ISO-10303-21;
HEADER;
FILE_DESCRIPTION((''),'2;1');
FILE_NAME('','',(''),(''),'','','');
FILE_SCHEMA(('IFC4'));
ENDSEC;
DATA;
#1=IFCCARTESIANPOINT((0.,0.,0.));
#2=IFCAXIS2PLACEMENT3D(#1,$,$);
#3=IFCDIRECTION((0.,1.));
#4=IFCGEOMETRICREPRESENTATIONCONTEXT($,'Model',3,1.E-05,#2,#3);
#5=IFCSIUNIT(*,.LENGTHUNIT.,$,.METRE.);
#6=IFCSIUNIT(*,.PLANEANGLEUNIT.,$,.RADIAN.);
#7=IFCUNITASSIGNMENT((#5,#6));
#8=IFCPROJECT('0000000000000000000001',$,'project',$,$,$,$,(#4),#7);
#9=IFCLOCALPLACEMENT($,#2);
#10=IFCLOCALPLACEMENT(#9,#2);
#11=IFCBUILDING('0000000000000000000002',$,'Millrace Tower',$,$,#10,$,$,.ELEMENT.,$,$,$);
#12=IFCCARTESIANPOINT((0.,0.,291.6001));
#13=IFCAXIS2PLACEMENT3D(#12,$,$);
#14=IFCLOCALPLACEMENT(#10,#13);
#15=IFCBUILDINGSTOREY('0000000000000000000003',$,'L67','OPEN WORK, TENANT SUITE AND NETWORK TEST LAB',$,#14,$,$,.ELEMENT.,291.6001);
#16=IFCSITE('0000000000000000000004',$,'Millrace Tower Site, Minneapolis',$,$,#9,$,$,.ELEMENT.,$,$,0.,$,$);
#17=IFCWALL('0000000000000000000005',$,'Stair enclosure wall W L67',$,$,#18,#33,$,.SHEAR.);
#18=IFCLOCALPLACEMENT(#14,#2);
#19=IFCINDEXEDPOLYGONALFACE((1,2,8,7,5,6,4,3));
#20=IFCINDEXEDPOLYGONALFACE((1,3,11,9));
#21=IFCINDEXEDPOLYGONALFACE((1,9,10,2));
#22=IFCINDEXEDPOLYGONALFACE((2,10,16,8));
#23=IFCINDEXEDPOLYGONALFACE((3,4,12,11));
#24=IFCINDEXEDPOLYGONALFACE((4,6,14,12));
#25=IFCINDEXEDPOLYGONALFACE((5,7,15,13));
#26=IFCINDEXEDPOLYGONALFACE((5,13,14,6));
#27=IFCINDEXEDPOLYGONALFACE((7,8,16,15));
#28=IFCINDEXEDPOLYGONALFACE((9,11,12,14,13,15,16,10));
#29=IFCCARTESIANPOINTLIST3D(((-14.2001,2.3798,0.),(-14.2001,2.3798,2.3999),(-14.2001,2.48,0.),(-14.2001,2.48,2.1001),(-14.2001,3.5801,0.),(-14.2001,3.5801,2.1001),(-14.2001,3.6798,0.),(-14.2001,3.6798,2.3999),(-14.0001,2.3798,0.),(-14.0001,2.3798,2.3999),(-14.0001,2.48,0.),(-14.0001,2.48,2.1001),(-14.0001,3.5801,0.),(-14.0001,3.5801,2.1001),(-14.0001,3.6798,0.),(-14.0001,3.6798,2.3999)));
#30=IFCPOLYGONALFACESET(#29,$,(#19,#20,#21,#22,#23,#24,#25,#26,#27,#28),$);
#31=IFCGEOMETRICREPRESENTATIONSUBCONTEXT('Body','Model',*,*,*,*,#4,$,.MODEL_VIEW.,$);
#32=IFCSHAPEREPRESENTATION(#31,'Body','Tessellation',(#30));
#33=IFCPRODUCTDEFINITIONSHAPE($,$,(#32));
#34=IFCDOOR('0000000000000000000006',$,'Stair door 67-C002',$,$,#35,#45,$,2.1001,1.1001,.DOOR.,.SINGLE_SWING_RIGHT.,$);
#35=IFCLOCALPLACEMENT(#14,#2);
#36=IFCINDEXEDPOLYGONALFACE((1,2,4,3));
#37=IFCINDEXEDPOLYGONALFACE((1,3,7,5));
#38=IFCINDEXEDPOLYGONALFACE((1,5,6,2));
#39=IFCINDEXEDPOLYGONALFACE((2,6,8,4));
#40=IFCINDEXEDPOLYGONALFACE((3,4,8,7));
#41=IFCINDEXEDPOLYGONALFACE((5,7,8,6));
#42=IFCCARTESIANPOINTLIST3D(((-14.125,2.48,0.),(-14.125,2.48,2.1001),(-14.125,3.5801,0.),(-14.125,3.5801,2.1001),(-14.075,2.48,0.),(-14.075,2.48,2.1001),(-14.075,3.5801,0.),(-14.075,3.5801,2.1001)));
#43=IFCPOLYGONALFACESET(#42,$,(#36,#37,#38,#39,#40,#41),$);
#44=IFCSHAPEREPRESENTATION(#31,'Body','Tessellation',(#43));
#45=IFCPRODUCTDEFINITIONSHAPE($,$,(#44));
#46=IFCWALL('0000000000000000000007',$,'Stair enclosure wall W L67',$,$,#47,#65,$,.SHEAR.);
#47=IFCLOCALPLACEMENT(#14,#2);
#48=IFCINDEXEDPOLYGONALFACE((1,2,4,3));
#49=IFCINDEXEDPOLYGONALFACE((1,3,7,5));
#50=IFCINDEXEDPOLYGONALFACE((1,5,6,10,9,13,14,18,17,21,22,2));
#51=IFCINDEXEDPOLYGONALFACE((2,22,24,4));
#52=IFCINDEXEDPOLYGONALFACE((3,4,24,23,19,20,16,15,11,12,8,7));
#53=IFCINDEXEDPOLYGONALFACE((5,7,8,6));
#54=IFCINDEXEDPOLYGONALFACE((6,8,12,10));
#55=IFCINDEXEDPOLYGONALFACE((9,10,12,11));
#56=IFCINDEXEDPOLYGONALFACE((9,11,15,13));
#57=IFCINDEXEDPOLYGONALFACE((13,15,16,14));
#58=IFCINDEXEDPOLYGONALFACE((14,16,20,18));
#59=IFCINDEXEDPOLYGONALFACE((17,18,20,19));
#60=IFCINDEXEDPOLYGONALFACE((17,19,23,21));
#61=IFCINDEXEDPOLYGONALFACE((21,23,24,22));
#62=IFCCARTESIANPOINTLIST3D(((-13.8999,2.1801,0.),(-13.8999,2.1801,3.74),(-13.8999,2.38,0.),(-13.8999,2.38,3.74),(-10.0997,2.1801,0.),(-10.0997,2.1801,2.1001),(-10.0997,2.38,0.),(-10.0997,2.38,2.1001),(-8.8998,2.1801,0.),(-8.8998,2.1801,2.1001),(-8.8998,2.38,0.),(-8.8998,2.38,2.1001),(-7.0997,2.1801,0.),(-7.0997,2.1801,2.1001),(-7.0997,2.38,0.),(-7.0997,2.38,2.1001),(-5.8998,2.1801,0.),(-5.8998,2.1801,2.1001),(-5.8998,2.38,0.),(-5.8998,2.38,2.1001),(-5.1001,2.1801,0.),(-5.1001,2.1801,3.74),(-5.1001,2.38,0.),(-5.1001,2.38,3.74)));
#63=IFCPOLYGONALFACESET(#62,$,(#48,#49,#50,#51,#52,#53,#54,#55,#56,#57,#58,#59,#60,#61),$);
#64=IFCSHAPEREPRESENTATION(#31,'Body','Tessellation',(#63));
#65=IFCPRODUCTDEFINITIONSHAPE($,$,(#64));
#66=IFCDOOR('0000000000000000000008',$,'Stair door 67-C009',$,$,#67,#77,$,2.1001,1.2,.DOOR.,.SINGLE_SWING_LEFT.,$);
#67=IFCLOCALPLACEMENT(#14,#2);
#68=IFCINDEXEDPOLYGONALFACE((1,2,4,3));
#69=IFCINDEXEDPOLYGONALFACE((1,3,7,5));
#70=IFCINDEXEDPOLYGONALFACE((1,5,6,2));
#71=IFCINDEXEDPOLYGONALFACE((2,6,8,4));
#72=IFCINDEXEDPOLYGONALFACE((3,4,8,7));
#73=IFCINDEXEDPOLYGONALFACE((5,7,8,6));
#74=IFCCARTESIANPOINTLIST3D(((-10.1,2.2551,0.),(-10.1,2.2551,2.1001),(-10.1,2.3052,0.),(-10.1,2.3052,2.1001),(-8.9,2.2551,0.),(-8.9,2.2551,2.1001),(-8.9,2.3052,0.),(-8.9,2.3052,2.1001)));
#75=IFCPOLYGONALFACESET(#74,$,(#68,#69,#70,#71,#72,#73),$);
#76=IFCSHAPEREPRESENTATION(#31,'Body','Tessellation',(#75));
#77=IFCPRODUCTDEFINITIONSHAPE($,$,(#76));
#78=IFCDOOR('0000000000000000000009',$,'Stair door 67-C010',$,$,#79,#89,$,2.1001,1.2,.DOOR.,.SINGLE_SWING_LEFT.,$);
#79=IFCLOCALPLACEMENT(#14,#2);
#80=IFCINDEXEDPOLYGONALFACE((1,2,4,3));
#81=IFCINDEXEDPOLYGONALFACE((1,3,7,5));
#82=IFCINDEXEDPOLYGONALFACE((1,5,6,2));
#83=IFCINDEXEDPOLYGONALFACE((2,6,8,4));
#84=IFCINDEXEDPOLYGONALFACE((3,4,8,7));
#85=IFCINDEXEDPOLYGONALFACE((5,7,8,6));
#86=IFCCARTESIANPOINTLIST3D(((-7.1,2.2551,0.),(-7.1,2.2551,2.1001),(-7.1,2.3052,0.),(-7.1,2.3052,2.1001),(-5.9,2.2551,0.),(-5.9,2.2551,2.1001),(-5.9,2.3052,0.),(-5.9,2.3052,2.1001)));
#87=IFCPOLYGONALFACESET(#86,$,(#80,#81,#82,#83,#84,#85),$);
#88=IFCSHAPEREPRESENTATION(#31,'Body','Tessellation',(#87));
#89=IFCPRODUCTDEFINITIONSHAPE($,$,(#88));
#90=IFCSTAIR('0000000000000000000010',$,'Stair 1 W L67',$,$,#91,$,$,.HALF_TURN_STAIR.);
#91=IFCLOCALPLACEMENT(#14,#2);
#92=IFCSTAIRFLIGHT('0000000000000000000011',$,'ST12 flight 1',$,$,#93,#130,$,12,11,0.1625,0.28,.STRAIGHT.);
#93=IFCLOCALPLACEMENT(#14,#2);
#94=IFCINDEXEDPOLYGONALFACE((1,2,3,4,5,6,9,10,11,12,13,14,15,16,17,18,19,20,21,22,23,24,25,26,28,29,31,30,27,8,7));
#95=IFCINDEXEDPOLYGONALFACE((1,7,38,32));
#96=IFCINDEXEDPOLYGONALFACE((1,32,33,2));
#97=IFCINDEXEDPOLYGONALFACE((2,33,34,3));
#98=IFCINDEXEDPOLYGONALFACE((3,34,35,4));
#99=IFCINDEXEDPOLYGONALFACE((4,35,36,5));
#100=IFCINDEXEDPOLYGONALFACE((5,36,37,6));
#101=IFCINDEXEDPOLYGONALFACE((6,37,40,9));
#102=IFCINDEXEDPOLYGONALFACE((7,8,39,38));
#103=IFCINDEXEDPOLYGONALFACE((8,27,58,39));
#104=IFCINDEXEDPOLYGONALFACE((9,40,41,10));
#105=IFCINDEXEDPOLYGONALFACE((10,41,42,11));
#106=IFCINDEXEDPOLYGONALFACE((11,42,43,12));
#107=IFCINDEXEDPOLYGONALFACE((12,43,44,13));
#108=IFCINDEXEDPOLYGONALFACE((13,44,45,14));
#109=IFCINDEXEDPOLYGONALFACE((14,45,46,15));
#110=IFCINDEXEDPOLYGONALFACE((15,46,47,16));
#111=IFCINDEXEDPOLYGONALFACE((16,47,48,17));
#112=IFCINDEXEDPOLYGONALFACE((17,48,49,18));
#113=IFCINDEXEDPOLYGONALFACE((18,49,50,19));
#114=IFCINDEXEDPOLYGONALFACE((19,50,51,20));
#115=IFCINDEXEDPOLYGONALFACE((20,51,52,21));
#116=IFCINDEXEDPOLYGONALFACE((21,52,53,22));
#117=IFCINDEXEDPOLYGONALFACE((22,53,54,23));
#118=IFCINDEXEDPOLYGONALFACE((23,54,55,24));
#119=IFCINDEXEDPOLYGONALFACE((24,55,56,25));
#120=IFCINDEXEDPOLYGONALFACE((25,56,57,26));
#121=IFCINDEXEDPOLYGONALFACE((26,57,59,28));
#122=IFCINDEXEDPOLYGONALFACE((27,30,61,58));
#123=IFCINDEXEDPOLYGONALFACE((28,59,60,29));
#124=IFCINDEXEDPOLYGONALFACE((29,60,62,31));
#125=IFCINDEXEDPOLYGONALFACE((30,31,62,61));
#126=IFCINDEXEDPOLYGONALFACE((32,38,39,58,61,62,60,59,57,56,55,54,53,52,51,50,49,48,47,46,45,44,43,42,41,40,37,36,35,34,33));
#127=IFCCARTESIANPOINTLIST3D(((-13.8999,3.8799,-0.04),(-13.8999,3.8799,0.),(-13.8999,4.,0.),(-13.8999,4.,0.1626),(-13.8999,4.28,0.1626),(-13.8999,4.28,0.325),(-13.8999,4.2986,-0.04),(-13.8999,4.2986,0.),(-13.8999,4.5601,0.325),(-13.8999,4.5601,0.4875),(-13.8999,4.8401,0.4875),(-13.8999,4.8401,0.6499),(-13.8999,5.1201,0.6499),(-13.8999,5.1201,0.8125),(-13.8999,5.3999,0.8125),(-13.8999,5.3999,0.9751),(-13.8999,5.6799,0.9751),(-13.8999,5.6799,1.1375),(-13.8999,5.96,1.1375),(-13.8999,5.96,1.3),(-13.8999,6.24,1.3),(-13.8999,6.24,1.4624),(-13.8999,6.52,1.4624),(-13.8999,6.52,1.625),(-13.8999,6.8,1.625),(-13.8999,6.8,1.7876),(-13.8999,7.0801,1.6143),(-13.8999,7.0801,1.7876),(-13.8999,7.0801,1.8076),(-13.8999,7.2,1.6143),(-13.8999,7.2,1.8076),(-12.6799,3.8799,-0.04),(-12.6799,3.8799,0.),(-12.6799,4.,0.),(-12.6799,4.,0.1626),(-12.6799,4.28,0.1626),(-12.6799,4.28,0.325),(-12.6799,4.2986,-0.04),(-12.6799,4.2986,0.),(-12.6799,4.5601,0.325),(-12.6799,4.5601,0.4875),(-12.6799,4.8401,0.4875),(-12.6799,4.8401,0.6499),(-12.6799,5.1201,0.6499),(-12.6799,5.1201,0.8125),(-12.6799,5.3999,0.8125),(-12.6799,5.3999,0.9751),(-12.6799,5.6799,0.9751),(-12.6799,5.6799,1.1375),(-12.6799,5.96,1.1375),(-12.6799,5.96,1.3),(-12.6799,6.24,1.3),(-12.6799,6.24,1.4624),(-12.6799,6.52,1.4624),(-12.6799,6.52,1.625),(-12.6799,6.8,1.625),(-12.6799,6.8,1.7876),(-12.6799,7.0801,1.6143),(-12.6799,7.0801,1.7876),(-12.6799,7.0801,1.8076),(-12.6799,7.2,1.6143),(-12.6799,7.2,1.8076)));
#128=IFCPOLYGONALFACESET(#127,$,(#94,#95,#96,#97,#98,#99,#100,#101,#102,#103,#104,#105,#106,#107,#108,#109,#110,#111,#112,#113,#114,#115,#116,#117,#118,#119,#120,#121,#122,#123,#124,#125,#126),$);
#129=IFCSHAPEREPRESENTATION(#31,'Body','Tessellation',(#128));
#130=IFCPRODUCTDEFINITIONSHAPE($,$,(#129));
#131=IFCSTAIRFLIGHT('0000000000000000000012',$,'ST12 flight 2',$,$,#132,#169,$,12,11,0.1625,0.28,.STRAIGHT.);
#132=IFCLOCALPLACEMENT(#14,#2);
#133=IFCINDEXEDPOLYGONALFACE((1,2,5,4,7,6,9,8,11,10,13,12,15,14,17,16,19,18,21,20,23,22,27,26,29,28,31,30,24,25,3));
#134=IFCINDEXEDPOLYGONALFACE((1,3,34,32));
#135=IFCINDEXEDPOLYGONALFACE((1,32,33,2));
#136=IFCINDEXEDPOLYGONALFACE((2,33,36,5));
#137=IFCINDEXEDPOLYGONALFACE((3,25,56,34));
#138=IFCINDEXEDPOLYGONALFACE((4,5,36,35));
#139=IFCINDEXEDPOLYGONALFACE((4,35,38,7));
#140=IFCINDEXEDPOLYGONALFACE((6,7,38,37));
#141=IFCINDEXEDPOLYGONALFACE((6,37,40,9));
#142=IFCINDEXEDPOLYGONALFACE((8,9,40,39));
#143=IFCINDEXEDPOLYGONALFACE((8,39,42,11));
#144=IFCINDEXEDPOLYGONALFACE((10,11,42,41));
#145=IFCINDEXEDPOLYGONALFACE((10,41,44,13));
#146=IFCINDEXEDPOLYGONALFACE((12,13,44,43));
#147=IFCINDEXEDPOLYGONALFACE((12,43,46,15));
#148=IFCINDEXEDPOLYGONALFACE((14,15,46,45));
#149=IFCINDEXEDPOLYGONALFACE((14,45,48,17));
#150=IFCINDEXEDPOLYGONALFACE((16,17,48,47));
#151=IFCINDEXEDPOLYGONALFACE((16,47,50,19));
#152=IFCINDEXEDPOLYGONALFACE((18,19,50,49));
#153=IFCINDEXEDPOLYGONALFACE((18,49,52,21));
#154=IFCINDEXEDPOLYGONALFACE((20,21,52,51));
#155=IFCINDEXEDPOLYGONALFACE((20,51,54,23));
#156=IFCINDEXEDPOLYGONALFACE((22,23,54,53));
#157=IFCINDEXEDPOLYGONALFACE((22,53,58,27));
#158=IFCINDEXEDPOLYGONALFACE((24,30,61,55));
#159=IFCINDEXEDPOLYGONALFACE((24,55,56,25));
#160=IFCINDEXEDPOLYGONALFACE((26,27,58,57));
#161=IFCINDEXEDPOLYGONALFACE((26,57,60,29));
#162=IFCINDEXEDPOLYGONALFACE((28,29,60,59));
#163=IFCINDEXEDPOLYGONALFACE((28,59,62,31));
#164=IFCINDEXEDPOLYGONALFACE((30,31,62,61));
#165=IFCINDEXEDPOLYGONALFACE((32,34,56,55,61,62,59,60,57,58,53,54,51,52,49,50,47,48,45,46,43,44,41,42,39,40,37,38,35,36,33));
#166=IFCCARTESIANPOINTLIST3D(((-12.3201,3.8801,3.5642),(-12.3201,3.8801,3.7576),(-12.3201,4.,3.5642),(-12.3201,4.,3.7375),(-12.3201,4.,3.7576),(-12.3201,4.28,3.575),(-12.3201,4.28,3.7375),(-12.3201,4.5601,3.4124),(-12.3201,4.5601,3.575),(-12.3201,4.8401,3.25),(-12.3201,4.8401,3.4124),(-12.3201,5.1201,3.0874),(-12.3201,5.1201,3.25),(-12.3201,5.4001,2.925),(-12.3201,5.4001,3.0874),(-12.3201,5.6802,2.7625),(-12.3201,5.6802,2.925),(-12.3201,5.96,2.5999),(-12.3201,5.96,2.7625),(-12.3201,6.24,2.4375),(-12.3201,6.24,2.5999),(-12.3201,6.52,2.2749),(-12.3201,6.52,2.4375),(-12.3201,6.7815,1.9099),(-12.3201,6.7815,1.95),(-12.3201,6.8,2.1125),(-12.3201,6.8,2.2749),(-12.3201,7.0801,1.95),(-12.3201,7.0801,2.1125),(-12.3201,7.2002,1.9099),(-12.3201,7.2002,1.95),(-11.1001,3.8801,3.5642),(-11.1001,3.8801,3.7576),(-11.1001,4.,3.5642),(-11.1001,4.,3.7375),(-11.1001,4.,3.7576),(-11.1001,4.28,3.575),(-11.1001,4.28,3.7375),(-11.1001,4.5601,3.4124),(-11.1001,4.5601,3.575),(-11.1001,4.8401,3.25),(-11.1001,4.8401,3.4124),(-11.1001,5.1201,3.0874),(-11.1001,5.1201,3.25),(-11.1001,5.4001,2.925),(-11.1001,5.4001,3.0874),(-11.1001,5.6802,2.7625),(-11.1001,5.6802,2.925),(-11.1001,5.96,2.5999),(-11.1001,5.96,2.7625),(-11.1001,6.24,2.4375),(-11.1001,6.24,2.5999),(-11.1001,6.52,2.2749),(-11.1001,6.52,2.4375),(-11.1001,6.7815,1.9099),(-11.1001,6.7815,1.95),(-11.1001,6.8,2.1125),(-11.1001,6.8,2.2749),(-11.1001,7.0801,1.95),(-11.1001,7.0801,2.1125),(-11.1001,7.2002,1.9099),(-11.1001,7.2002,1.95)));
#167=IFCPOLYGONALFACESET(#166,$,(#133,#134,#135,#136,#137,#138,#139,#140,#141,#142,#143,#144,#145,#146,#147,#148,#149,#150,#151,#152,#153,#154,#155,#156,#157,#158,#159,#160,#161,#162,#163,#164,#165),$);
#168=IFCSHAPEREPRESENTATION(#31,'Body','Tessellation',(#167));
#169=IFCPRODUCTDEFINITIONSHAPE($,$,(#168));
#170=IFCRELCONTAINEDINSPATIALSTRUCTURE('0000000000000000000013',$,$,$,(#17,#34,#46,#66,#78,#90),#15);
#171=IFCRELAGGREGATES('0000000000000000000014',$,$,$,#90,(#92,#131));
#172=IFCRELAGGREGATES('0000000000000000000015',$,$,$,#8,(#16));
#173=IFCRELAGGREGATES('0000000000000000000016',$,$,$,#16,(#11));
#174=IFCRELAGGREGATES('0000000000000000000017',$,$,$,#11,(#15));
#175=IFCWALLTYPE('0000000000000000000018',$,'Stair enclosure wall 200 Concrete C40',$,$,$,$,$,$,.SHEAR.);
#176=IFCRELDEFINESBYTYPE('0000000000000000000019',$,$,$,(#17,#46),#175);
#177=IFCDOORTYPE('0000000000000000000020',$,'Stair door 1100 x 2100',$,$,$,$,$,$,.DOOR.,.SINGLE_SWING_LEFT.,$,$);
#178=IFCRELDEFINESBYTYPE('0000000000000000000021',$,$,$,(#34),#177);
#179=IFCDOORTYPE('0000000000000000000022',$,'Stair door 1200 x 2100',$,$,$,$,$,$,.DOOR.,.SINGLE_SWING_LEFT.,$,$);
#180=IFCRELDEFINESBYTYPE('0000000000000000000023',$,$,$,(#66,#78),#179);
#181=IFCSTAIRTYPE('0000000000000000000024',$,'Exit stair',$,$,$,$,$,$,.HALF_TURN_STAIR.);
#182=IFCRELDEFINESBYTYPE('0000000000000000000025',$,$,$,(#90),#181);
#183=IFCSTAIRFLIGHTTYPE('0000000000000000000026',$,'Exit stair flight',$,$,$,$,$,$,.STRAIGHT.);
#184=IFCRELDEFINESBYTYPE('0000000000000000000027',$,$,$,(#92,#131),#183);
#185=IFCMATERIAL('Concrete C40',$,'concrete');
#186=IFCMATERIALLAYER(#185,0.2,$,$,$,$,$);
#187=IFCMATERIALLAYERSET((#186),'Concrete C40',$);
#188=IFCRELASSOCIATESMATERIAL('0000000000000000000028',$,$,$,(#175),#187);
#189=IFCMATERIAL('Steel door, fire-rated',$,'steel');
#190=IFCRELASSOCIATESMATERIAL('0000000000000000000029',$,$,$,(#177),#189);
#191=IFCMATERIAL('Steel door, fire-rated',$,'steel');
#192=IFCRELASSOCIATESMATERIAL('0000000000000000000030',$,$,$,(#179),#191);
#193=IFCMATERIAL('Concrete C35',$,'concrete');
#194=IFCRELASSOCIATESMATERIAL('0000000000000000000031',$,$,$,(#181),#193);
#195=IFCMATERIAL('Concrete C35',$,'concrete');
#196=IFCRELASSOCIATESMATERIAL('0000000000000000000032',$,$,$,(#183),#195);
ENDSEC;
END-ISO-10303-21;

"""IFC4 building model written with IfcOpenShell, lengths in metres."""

from ifc_helpers import new_model, si_unit, direction, frame, frame_2d, origin, place, context, subcontext, project, spatial, polyline, rectangle, outline, extrude, material, layer, layer_set, type_object, element, fill, aggregate, save


model = new_model("IFC4")

# Units and contexts
model_context = context("Model", 3, precision=1e-05, world=origin(), true_north=direction((0.0, 1.0)))
body_context = subcontext(model_context, "Body", "Model", "MODEL_VIEW")
ifc_project = project(units=[si_unit("LENGTHUNIT", "METRE"), si_unit("PLANEANGLEUNIT", "RADIAN")], contexts=[model_context])

# Site, building, storey
site_placement = place(None, origin())
site = spatial("IfcSite", under=ifc_project, at=site_placement, Name="Millrace Tower Site, Minneapolis", CompositionType="ELEMENT", RefElevation=0.0)
building_placement = place(site_placement, origin())
building = spatial("IfcBuilding", under=site, at=building_placement, Name="Millrace Tower", CompositionType="ELEMENT")
storey_placement = place(building_placement, frame((0.0, 0.0, 291.6001)))
storey = spatial("IfcBuildingStorey", under=building, at=storey_placement, Name="L67", Description="OPEN WORK, TENANT SUITE AND NETWORK TEST LAB", CompositionType="ELEMENT", Elevation=291.6001)

# Shared definitions
placement = place(storey_placement, origin())

# Wall, opening, door
ifc_material_1 = material(Name="Concrete C40", Category="concrete")
ifc_layer_1 = layer(ifc_material_1, 0.2)
ifc_layer_set_1 = layer_set([ifc_layer_1], Name="Concrete C40")
wall_type_1 = type_object("IfcWallType", Name="Stair enclosure wall 200 Concrete C40", PredefinedType="SHEAR", material=ifc_layer_set_1)
wall_1_placement = place(storey_placement, frame((-14.1001, 2.3799, 0.0), z_axis=(0.0, 0.0, 1.0), x_axis=(0.0, 1.0, 0.0)))
wall_1 = element("IfcWall", 1, at=wall_1_placement, inside=storey, type_object=wall_type_1, Name="Stair enclosure wall W L67", PredefinedType="SHEAR", context=body_context, shape_type="SweptSolid", body=[
    extrude(rectangle(XDim=1.3, YDim=0.2, at=frame_2d((0.6499, 0.0))), origin(), (0.0, 0.0, 1.0), 2.3999),
])
opening_1_placement = place(wall_1_placement, frame((0.1001, 0.0, 0.0)))
opening_1 = element("IfcOpeningElement", 2, at=opening_1_placement, cuts=wall_1, PredefinedType="OPENING", context=body_context, shape_type="SweptSolid", body=[
    extrude(rectangle(XDim=1.1001, YDim=2.1001, at=frame_2d((0.55, 1.05))), frame((0.0, 0.1099, 0.0), z_axis=(0.0, -1.0, 0.0), x_axis=(1.0, 0.0, 0.0)), (0.0, 0.0, 1.0), 0.22),
])
ifc_material_2 = material(Name="Steel door, fire-rated", Category="steel")
door_type_1 = type_object("IfcDoorType", Name="Stair door 1100 x 2100", OperationType="SINGLE_SWING_LEFT", PredefinedType="DOOR", material=ifc_material_2)
door_1_placement = place(opening_1_placement, origin())
door_1 = element("IfcDoor", 3, at=door_1_placement, inside=storey, type_object=door_type_1, Name="Stair door 67-C002", OperationType="SINGLE_SWING_RIGHT", OverallHeight=2.1001, OverallWidth=1.1001, PredefinedType="DOOR", context=body_context, shape_type="SweptSolid", body=[
    extrude(rectangle(XDim=1.1001, YDim=2.1001, at=frame_2d((0.55, 1.05))), frame((0.0, 0.0249, 0.0), z_axis=(0.0, -1.0, 0.0), x_axis=(1.0, 0.0, 0.0)), (0.0, 0.0, 1.0), 0.05),
])
fill(opening_1, door_1)

# Wall, openings, doors
wall_2_placement = place(storey_placement, frame((-13.8999, 2.28, 0.0), z_axis=(0.0, 0.0, 1.0), x_axis=(1.0, 0.0, 0.0)))
wall_2 = element("IfcWall", 4, at=wall_2_placement, inside=storey, type_object=wall_type_1, Name="Stair enclosure wall W L67", PredefinedType="SHEAR", context=body_context, shape_type="SweptSolid", body=[
    extrude(rectangle(XDim=8.7998, YDim=0.2, at=frame_2d((4.3999, 0.0))), origin(), (0.0, 0.0, 1.0), 3.74),
])
opening_2_placement = place(wall_2_placement, frame((3.8, 0.0, 0.0)))
opening_2 = element("IfcOpeningElement", 5, at=opening_2_placement, cuts=wall_2, PredefinedType="OPENING", context=body_context, shape_type="SweptSolid", body=[
    extrude(rectangle(XDim=1.2, YDim=2.1001, at=frame_2d((0.6001, 1.05))), frame((0.0, 0.1099, 0.0), z_axis=(0.0, -1.0, 0.0), x_axis=(1.0, 0.0, 0.0)), (0.0, 0.0, 1.0), 0.22),
])
opening_3_placement = place(wall_2_placement, frame((6.8, 0.0, 0.0)))
opening_3 = element("IfcOpeningElement", 6, at=opening_3_placement, cuts=wall_2, PredefinedType="OPENING", context=body_context, shape_type="SweptSolid", body=[
    extrude(rectangle(XDim=1.2, YDim=2.1001, at=frame_2d((0.6001, 1.05))), frame((0.0, 0.1099, 0.0), z_axis=(0.0, -1.0, 0.0), x_axis=(1.0, 0.0, 0.0)), (0.0, 0.0, 1.0), 0.22),
])
ifc_material_3 = material(Name="Steel door, fire-rated", Category="steel")
door_type_2 = type_object("IfcDoorType", Name="Stair door 1200 x 2100", OperationType="SINGLE_SWING_LEFT", PredefinedType="DOOR", material=ifc_material_3)
door_2_placement = place(opening_2_placement, frame((1.2, 0.0, 0.0), z_axis=(0.0, 0.0, 1.0), x_axis=(-1.0, 0.0, 0.0)))
door_2 = element("IfcDoor", 7, at=door_2_placement, inside=storey, type_object=door_type_2, Name="Stair door 67-C009", OperationType="SINGLE_SWING_LEFT", OverallHeight=2.1001, OverallWidth=1.2, PredefinedType="DOOR", context=body_context, shape_type="SweptSolid", body=[
    extrude(rectangle(XDim=1.2, YDim=2.1001, at=frame_2d((0.6001, 1.05))), frame((0.0, 0.0249, 0.0), z_axis=(0.0, -1.0, 0.0), x_axis=(1.0, 0.0, 0.0)), (0.0, 0.0, 1.0), 0.05),
])
fill(opening_2, door_2)
door_3_placement = place(opening_3_placement, frame((1.2, 0.0, 0.0), z_axis=(0.0, 0.0, 1.0), x_axis=(-1.0, 0.0, 0.0)))
door_3 = element("IfcDoor", 8, at=door_3_placement, inside=storey, type_object=door_type_2, Name="Stair door 67-C010", OperationType="SINGLE_SWING_LEFT", OverallHeight=2.1001, OverallWidth=1.2, PredefinedType="DOOR", context=body_context, shape_type="SweptSolid", body=[
    extrude(rectangle(XDim=1.2, YDim=2.1001, at=frame_2d((0.6001, 1.05))), frame((0.0, 0.0249, 0.0), z_axis=(0.0, -1.0, 0.0), x_axis=(1.0, 0.0, 0.0)), (0.0, 0.0, 1.0), 0.05),
])
fill(opening_3, door_3)

# Stair, stair flights
ifc_material_4 = material(Name="Concrete C35", Category="concrete")
stair_type = type_object("IfcStairType", Name="Exit stair", PredefinedType="HALF_TURN_STAIR", material=ifc_material_4)
stair = element("IfcStair", 9, at=placement, inside=storey, type_object=stair_type, Name="Stair 1 W L67", PredefinedType="HALF_TURN_STAIR")
ifc_material_5 = material(Name="Concrete C35", Category="concrete")
stair_flight_type = type_object("IfcStairFlightType", Name="Exit stair flight", PredefinedType="STRAIGHT", material=ifc_material_5)
stair_flight_1_placement = place(storey_placement, frame((-13.29, 4.0, 0.0), z_axis=(0.0, 0.0, 1.0), x_axis=(0.0, 1.0, 0.0)))
stair_flight_1 = element("IfcStairFlight", 10, at=stair_flight_1_placement, type_object=stair_flight_type, Name="ST12 flight 1", NumberOfRisers=12, NumberOfTreads=11, PredefinedType="STRAIGHT", RiserHeight=0.1625, TreadLength=0.28, context=body_context, shape_type="SweptSolid", body=[
    extrude(outline(polyline([(-0.1201, -0.04), (-0.1201, 0.0), (0.0, 0.0), (0.0, 0.1626), (0.28, 0.1626), (0.28, 0.325), (0.5601, 0.325), (0.5601, 0.4875), (0.8401, 0.4875), (0.8401, 0.6499), (1.1201, 0.6499), (1.1201, 0.8125), (1.3999, 0.8125), (1.3999, 0.9751), (1.6799, 0.9751), (1.6799, 1.1375), (1.96, 1.1375), (1.96, 1.3), (2.24, 1.3), (2.24, 1.4624), (2.52, 1.4624), (2.52, 1.625), (2.8, 1.625), (2.8, 1.7876), (3.0801, 1.7876), (3.0801, 1.8076), (3.2, 1.8076), (3.2, 1.6143), (3.0801, 1.6143), (0.2986, 0.0), (0.2986, -0.04), (-0.1201, -0.04)])), frame((0.0, 0.6099, 0.0), z_axis=(0.0, -1.0, 0.0), x_axis=(1.0, 0.0, 0.0)), (0.0, 0.0, 1.0), 1.22),
])
stair_flight_2_placement = place(storey_placement, frame((-11.71, 7.0801, 1.95), z_axis=(0.0, 0.0, 1.0), x_axis=(0.0, -1.0, 0.0)))
stair_flight_2 = element("IfcStairFlight", 11, at=stair_flight_2_placement, type_object=stair_flight_type, Name="ST12 flight 2", NumberOfRisers=12, NumberOfTreads=11, PredefinedType="STRAIGHT", RiserHeight=0.1625, TreadLength=0.28, context=body_context, shape_type="SweptSolid", body=[
    extrude(outline(polyline([(-0.1201, -0.04), (-0.1201, 0.0), (0.0, 0.0), (0.0, 0.1626), (0.28, 0.1626), (0.28, 0.325), (0.5601, 0.325), (0.5601, 0.4875), (0.8401, 0.4875), (0.8401, 0.6499), (1.1201, 0.6499), (1.1201, 0.8125), (1.3999, 0.8125), (1.3999, 0.9751), (1.6799, 0.9751), (1.6799, 1.1375), (1.96, 1.1375), (1.96, 1.3), (2.24, 1.3), (2.24, 1.4624), (2.52, 1.4624), (2.52, 1.625), (2.8, 1.625), (2.8, 1.7876), (3.0801, 1.7876), (3.0801, 1.8076), (3.2, 1.8076), (3.2, 1.6143), (3.0801, 1.6143), (0.2986, 0.0), (0.2986, -0.04), (-0.1201, -0.04)])), frame((0.0, 0.6099, 0.0), z_axis=(0.0, -1.0, 0.0), x_axis=(1.0, 0.0, 0.0)), (0.0, 0.0, 1.0), 1.22),
])
aggregate(stair, [stair_flight_1, stair_flight_2])

save(model, "model.ifc")
